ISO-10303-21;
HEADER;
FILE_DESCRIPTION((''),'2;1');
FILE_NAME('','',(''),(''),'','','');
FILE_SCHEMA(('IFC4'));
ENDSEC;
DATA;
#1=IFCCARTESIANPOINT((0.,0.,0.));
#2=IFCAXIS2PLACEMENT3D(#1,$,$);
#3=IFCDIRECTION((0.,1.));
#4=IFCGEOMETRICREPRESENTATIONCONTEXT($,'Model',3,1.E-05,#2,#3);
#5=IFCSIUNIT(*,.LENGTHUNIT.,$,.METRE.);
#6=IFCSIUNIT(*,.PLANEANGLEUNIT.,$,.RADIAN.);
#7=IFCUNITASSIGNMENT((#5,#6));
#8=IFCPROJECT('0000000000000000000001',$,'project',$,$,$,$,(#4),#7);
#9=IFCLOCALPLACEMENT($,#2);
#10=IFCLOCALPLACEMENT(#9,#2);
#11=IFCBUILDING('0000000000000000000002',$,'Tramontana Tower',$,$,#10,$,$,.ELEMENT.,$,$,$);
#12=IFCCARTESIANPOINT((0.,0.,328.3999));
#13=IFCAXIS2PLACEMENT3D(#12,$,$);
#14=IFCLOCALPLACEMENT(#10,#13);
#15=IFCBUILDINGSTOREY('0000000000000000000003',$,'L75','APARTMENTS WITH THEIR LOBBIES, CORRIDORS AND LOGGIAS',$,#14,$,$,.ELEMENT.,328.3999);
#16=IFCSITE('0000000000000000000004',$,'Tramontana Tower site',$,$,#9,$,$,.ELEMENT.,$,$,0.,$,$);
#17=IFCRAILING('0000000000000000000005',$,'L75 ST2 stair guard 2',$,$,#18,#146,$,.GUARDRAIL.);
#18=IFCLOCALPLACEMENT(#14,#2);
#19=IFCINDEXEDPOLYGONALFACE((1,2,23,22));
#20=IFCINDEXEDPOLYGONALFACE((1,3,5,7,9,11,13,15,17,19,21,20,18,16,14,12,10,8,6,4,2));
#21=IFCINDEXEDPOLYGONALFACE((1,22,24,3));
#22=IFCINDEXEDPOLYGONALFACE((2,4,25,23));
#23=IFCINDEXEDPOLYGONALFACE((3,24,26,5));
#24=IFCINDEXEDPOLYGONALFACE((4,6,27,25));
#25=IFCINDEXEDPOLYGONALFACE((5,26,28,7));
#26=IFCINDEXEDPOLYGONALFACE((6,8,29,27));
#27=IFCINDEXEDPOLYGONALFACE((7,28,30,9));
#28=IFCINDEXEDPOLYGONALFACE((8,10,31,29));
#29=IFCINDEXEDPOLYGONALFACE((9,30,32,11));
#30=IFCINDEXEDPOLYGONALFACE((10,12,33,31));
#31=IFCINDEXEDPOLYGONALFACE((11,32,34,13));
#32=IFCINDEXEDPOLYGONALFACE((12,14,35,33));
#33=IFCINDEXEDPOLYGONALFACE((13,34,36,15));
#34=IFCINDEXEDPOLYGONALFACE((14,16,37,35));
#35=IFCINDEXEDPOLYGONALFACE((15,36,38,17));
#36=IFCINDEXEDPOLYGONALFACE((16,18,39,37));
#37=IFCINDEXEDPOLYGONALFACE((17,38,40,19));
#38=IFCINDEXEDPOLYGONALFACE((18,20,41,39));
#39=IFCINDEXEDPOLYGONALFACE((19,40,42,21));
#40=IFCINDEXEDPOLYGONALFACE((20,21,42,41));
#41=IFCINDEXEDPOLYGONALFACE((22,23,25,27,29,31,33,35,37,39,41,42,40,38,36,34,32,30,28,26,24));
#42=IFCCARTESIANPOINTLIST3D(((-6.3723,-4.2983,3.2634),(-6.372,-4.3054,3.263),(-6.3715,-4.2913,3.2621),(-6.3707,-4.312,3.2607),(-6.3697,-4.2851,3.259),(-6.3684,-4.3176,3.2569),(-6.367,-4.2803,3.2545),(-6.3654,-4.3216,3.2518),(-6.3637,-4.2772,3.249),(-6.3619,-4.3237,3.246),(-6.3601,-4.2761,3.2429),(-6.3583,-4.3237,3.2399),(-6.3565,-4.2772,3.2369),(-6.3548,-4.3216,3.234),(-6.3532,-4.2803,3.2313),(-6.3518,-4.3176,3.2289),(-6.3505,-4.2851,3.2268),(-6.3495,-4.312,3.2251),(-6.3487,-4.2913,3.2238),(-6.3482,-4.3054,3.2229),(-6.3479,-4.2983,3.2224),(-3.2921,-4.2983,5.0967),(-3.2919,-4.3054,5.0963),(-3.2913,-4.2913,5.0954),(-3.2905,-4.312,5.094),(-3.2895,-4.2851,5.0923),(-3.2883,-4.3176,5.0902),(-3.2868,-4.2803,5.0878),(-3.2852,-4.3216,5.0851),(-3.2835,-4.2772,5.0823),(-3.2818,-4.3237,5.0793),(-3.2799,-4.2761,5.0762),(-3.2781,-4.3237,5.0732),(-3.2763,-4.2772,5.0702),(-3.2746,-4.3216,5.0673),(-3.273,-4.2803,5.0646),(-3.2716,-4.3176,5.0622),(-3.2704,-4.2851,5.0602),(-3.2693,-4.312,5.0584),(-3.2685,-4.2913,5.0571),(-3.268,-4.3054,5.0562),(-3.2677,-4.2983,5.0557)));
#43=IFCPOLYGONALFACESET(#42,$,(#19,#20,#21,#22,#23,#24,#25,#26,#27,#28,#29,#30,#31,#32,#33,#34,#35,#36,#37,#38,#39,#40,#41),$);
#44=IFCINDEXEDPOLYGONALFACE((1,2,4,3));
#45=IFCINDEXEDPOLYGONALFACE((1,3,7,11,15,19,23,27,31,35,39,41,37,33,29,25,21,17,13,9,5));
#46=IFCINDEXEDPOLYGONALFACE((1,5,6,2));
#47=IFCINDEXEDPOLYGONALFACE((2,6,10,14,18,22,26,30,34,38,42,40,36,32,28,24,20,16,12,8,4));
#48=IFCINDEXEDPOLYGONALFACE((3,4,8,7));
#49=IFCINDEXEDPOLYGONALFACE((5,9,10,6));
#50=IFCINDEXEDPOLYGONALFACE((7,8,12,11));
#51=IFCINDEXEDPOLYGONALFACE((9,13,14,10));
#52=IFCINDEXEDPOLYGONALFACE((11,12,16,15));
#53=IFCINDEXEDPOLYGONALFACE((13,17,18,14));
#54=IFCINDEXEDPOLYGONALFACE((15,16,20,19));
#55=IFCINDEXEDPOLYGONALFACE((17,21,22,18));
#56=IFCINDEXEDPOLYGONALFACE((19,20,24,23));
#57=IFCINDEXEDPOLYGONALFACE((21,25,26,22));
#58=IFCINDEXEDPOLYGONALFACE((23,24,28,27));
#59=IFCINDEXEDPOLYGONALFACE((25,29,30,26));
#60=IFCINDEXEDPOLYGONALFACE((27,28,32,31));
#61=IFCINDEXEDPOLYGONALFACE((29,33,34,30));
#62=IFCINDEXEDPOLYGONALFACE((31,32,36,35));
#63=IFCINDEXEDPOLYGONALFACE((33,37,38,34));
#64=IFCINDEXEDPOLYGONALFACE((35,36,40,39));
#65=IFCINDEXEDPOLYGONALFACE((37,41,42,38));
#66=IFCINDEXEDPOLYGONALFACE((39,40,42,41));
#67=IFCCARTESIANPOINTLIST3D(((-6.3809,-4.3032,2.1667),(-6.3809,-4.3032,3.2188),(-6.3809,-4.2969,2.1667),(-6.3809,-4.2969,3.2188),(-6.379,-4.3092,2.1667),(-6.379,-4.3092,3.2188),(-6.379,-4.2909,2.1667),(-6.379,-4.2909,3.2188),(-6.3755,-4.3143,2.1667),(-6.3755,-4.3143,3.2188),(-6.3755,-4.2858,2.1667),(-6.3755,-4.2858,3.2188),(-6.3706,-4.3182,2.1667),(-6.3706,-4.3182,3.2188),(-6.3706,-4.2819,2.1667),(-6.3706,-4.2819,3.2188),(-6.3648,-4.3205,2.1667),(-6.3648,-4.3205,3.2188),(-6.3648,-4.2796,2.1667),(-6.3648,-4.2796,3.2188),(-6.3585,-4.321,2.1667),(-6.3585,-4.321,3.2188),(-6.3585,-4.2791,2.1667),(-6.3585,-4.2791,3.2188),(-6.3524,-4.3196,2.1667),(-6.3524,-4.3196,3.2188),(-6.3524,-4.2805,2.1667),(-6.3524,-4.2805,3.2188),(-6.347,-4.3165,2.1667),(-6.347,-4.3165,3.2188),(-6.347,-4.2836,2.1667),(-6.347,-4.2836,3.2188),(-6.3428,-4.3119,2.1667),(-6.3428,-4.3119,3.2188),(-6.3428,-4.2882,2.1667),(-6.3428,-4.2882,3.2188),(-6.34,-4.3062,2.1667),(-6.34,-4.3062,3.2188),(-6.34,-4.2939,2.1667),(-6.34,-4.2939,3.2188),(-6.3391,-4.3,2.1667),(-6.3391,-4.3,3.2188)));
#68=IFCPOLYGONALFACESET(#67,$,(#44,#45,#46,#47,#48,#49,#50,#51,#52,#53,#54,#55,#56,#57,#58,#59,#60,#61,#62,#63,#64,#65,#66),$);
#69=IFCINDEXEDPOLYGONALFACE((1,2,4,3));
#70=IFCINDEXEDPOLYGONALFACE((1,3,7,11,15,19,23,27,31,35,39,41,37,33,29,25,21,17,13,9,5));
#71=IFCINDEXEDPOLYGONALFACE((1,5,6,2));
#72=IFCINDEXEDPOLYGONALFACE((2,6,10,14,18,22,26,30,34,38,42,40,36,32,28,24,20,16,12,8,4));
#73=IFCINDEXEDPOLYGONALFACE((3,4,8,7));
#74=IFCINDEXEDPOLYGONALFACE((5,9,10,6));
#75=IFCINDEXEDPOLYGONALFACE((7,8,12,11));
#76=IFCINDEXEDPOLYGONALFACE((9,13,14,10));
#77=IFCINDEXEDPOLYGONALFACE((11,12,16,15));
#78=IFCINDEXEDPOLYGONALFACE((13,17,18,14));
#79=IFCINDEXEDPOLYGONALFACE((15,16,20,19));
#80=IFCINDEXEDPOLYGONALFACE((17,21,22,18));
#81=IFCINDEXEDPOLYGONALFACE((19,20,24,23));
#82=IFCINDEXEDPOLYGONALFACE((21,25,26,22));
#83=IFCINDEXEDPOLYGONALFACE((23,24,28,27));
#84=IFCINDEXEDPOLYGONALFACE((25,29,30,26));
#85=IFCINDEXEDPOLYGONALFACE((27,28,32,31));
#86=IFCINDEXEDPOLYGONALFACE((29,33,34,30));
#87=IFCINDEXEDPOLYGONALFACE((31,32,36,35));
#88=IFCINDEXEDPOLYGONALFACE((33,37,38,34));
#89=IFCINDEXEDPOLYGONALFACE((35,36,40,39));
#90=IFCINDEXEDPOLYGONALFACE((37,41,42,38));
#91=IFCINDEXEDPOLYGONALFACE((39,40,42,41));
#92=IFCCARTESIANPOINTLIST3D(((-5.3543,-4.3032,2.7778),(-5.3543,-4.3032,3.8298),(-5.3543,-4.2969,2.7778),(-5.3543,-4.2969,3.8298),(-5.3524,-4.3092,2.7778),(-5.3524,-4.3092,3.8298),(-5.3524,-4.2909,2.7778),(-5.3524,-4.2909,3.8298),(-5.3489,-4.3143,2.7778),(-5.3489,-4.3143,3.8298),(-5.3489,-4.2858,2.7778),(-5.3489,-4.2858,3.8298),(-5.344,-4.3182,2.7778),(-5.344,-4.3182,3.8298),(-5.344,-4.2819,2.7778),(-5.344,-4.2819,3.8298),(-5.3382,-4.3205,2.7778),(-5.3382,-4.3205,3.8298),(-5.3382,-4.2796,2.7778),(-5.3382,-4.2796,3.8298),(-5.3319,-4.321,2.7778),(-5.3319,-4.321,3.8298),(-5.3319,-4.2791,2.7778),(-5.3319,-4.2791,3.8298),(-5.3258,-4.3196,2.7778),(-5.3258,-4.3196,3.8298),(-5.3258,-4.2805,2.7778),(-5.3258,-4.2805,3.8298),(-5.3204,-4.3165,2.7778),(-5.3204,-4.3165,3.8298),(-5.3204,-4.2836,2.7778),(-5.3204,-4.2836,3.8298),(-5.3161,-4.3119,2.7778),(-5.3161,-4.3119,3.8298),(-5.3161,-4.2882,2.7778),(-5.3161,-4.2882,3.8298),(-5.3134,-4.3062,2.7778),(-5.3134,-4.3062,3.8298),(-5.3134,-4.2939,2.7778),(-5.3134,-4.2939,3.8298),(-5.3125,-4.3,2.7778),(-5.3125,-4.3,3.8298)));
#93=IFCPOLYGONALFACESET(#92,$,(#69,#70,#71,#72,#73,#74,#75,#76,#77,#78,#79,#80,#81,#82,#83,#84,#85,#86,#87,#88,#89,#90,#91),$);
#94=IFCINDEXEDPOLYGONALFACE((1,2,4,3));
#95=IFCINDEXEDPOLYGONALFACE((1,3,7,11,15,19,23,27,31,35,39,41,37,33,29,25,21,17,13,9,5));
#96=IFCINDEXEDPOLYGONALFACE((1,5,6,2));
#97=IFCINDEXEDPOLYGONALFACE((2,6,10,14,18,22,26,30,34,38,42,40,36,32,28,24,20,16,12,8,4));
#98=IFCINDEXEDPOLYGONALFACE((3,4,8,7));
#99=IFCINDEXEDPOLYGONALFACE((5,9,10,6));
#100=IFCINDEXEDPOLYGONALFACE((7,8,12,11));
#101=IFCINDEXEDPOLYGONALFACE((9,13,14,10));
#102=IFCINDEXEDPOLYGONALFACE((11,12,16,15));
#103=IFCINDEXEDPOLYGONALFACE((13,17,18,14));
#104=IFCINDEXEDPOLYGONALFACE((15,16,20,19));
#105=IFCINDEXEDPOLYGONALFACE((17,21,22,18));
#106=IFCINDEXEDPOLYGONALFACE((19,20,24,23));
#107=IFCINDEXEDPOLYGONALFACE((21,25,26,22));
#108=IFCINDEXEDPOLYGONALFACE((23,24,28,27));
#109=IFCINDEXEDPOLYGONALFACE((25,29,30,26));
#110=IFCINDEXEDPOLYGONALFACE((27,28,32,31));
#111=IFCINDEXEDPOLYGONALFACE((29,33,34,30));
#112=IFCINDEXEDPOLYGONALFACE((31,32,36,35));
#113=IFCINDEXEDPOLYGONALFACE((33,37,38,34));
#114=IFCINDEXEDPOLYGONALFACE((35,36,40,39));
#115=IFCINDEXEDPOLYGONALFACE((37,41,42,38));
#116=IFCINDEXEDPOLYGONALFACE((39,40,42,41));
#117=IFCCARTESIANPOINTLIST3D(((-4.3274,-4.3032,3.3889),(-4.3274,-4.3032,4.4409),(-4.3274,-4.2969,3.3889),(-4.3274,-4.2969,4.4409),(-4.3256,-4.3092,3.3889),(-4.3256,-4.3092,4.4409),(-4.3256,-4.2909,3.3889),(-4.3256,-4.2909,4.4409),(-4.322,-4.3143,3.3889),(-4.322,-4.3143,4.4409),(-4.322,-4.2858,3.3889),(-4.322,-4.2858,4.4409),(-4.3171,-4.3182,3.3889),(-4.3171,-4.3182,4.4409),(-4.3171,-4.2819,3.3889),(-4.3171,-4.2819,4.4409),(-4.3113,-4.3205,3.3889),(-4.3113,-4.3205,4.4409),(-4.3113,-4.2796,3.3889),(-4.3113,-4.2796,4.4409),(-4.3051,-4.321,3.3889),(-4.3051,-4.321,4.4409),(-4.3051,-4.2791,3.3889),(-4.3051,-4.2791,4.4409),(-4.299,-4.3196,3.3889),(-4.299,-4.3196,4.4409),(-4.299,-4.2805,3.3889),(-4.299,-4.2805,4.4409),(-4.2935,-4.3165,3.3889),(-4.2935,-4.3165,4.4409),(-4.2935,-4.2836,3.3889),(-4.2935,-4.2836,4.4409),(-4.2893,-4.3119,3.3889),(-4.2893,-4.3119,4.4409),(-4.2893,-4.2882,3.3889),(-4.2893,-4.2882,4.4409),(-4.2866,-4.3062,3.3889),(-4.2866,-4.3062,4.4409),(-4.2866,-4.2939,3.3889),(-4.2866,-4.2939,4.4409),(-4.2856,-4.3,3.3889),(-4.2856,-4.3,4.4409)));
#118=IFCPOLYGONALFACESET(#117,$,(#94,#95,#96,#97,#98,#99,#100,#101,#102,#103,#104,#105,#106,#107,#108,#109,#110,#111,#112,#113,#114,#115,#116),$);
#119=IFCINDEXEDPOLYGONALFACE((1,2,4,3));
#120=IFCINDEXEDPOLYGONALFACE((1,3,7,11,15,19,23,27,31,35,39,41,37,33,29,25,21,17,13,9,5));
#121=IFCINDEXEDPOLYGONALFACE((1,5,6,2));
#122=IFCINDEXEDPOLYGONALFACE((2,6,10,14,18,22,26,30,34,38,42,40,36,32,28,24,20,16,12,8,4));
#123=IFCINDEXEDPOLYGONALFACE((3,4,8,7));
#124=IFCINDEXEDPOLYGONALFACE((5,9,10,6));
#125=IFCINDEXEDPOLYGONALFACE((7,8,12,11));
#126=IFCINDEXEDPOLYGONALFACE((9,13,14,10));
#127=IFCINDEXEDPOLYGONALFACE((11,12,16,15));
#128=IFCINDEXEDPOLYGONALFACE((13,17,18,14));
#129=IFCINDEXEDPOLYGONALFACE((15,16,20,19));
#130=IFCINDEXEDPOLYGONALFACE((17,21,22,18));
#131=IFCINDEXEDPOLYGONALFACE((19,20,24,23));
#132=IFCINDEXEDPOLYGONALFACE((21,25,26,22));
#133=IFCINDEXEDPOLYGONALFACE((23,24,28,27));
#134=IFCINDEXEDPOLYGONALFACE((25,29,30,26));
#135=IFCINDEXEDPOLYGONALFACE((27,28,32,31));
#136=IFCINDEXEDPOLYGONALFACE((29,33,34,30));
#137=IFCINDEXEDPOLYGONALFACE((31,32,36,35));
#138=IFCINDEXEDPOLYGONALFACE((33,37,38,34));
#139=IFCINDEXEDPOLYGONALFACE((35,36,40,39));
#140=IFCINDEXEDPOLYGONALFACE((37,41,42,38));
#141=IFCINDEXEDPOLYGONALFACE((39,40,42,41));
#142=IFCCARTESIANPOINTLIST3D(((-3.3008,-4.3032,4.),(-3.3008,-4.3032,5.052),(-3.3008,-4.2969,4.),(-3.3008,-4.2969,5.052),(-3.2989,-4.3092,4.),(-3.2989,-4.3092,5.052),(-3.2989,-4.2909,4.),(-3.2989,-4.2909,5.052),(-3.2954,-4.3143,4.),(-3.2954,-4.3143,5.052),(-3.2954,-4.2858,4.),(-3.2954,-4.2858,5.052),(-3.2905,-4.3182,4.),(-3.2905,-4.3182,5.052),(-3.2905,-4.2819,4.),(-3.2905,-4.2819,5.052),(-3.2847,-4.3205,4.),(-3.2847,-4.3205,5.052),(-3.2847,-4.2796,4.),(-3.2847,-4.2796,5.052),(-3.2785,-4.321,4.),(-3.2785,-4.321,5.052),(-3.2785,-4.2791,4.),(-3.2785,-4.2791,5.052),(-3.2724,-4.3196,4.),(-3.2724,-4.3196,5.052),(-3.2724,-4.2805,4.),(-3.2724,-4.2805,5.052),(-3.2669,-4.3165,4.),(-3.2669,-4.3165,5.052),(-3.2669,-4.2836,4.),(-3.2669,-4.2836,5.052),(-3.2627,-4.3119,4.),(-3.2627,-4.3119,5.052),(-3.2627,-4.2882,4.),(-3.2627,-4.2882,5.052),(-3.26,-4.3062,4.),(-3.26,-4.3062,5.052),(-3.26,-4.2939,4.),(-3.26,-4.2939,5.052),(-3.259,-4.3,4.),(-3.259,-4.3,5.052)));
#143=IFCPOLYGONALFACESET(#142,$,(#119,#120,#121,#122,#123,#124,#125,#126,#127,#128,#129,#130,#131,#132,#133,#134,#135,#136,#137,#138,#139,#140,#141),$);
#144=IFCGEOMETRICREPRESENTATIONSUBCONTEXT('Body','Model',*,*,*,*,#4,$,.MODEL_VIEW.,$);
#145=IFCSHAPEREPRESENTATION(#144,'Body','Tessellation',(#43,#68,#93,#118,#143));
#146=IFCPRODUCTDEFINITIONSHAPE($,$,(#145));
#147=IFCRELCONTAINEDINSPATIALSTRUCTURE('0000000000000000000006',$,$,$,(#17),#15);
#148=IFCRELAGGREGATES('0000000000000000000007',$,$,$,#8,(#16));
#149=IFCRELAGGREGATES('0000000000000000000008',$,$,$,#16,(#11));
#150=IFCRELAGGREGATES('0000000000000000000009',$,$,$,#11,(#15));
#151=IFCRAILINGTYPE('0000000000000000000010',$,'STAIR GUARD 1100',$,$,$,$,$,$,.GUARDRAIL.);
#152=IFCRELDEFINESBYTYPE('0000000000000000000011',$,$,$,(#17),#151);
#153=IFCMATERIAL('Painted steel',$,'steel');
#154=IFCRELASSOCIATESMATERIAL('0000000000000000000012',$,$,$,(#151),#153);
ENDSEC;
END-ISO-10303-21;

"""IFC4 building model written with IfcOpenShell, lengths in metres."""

from ifc_helpers import new_model, si_unit, direction, frame, origin, origin_2d, place, context, subcontext, project, spatial, circle, extrude, material, type_object, element, save


model = new_model("IFC4")

# Units and contexts
model_context = context("Model", 3, precision=1e-05, world=origin(), true_north=direction((0.0, 1.0)))
body_context = subcontext(model_context, "Body", "Model", "MODEL_VIEW")
ifc_project = project(units=[si_unit("LENGTHUNIT", "METRE"), si_unit("PLANEANGLEUNIT", "RADIAN")], contexts=[model_context])

# Site, building, storey
site_placement = place(None, origin())
site = spatial("IfcSite", under=ifc_project, at=site_placement, Name="Tramontana Tower site", CompositionType="ELEMENT", RefElevation=0.0)
building_placement = place(site_placement, origin())
building = spatial("IfcBuilding", under=site, at=building_placement, Name="Tramontana Tower", CompositionType="ELEMENT")
storey_placement = place(building_placement, frame((0.0, 0.0, 328.3999)))
storey = spatial("IfcBuildingStorey", under=building, at=storey_placement, Name="L75", Description="APARTMENTS WITH THEIR LOBBIES, CORRIDORS AND LOGGIAS", CompositionType="ELEMENT", Elevation=328.3999)

# Railing
ifc_material_1 = material(Name="Painted steel", Category="steel")
railing_type_1 = type_object("IfcRailingType", Name="STAIR GUARD 1100", PredefinedType="GUARDRAIL", material=ifc_material_1)
railing_1_placement = place(storey_placement, frame((-6.3601, -4.3, 2.1667)))
element("IfcRailing", 1, at=railing_1_placement, inside=storey, type_object=railing_type_1, Name="L75 ST2 stair guard 2", PredefinedType="GUARDRAIL", context=body_context, shape_type="SweptSolid", body=[
    extrude(circle(Radius=0.0239, at=origin_2d()), frame((0.0, 0.0, 1.0762), z_axis=(0.859309, 0.0, 0.511458), x_axis=(0.0, 1.0, 0.0)), (0.0, 0.0, 1.0), 3.5845),
    extrude(circle(Radius=0.021, at=origin_2d()), origin(), (0.0, 0.0, 1.0), 1.052),
    extrude(circle(Radius=0.021, at=origin_2d()), frame((1.0266, 0.0, 0.6111)), (0.0, 0.0, 1.0), 1.052),
    extrude(circle(Radius=0.021, at=origin_2d()), frame((2.0535, 0.0, 1.2222)), (0.0, 0.0, 1.0), 1.052),
    extrude(circle(Radius=0.021, at=origin_2d()), frame((3.0801, 0.0, 1.8333)), (0.0, 0.0, 1.0), 1.052),
])

save(model, "model.ifc")
